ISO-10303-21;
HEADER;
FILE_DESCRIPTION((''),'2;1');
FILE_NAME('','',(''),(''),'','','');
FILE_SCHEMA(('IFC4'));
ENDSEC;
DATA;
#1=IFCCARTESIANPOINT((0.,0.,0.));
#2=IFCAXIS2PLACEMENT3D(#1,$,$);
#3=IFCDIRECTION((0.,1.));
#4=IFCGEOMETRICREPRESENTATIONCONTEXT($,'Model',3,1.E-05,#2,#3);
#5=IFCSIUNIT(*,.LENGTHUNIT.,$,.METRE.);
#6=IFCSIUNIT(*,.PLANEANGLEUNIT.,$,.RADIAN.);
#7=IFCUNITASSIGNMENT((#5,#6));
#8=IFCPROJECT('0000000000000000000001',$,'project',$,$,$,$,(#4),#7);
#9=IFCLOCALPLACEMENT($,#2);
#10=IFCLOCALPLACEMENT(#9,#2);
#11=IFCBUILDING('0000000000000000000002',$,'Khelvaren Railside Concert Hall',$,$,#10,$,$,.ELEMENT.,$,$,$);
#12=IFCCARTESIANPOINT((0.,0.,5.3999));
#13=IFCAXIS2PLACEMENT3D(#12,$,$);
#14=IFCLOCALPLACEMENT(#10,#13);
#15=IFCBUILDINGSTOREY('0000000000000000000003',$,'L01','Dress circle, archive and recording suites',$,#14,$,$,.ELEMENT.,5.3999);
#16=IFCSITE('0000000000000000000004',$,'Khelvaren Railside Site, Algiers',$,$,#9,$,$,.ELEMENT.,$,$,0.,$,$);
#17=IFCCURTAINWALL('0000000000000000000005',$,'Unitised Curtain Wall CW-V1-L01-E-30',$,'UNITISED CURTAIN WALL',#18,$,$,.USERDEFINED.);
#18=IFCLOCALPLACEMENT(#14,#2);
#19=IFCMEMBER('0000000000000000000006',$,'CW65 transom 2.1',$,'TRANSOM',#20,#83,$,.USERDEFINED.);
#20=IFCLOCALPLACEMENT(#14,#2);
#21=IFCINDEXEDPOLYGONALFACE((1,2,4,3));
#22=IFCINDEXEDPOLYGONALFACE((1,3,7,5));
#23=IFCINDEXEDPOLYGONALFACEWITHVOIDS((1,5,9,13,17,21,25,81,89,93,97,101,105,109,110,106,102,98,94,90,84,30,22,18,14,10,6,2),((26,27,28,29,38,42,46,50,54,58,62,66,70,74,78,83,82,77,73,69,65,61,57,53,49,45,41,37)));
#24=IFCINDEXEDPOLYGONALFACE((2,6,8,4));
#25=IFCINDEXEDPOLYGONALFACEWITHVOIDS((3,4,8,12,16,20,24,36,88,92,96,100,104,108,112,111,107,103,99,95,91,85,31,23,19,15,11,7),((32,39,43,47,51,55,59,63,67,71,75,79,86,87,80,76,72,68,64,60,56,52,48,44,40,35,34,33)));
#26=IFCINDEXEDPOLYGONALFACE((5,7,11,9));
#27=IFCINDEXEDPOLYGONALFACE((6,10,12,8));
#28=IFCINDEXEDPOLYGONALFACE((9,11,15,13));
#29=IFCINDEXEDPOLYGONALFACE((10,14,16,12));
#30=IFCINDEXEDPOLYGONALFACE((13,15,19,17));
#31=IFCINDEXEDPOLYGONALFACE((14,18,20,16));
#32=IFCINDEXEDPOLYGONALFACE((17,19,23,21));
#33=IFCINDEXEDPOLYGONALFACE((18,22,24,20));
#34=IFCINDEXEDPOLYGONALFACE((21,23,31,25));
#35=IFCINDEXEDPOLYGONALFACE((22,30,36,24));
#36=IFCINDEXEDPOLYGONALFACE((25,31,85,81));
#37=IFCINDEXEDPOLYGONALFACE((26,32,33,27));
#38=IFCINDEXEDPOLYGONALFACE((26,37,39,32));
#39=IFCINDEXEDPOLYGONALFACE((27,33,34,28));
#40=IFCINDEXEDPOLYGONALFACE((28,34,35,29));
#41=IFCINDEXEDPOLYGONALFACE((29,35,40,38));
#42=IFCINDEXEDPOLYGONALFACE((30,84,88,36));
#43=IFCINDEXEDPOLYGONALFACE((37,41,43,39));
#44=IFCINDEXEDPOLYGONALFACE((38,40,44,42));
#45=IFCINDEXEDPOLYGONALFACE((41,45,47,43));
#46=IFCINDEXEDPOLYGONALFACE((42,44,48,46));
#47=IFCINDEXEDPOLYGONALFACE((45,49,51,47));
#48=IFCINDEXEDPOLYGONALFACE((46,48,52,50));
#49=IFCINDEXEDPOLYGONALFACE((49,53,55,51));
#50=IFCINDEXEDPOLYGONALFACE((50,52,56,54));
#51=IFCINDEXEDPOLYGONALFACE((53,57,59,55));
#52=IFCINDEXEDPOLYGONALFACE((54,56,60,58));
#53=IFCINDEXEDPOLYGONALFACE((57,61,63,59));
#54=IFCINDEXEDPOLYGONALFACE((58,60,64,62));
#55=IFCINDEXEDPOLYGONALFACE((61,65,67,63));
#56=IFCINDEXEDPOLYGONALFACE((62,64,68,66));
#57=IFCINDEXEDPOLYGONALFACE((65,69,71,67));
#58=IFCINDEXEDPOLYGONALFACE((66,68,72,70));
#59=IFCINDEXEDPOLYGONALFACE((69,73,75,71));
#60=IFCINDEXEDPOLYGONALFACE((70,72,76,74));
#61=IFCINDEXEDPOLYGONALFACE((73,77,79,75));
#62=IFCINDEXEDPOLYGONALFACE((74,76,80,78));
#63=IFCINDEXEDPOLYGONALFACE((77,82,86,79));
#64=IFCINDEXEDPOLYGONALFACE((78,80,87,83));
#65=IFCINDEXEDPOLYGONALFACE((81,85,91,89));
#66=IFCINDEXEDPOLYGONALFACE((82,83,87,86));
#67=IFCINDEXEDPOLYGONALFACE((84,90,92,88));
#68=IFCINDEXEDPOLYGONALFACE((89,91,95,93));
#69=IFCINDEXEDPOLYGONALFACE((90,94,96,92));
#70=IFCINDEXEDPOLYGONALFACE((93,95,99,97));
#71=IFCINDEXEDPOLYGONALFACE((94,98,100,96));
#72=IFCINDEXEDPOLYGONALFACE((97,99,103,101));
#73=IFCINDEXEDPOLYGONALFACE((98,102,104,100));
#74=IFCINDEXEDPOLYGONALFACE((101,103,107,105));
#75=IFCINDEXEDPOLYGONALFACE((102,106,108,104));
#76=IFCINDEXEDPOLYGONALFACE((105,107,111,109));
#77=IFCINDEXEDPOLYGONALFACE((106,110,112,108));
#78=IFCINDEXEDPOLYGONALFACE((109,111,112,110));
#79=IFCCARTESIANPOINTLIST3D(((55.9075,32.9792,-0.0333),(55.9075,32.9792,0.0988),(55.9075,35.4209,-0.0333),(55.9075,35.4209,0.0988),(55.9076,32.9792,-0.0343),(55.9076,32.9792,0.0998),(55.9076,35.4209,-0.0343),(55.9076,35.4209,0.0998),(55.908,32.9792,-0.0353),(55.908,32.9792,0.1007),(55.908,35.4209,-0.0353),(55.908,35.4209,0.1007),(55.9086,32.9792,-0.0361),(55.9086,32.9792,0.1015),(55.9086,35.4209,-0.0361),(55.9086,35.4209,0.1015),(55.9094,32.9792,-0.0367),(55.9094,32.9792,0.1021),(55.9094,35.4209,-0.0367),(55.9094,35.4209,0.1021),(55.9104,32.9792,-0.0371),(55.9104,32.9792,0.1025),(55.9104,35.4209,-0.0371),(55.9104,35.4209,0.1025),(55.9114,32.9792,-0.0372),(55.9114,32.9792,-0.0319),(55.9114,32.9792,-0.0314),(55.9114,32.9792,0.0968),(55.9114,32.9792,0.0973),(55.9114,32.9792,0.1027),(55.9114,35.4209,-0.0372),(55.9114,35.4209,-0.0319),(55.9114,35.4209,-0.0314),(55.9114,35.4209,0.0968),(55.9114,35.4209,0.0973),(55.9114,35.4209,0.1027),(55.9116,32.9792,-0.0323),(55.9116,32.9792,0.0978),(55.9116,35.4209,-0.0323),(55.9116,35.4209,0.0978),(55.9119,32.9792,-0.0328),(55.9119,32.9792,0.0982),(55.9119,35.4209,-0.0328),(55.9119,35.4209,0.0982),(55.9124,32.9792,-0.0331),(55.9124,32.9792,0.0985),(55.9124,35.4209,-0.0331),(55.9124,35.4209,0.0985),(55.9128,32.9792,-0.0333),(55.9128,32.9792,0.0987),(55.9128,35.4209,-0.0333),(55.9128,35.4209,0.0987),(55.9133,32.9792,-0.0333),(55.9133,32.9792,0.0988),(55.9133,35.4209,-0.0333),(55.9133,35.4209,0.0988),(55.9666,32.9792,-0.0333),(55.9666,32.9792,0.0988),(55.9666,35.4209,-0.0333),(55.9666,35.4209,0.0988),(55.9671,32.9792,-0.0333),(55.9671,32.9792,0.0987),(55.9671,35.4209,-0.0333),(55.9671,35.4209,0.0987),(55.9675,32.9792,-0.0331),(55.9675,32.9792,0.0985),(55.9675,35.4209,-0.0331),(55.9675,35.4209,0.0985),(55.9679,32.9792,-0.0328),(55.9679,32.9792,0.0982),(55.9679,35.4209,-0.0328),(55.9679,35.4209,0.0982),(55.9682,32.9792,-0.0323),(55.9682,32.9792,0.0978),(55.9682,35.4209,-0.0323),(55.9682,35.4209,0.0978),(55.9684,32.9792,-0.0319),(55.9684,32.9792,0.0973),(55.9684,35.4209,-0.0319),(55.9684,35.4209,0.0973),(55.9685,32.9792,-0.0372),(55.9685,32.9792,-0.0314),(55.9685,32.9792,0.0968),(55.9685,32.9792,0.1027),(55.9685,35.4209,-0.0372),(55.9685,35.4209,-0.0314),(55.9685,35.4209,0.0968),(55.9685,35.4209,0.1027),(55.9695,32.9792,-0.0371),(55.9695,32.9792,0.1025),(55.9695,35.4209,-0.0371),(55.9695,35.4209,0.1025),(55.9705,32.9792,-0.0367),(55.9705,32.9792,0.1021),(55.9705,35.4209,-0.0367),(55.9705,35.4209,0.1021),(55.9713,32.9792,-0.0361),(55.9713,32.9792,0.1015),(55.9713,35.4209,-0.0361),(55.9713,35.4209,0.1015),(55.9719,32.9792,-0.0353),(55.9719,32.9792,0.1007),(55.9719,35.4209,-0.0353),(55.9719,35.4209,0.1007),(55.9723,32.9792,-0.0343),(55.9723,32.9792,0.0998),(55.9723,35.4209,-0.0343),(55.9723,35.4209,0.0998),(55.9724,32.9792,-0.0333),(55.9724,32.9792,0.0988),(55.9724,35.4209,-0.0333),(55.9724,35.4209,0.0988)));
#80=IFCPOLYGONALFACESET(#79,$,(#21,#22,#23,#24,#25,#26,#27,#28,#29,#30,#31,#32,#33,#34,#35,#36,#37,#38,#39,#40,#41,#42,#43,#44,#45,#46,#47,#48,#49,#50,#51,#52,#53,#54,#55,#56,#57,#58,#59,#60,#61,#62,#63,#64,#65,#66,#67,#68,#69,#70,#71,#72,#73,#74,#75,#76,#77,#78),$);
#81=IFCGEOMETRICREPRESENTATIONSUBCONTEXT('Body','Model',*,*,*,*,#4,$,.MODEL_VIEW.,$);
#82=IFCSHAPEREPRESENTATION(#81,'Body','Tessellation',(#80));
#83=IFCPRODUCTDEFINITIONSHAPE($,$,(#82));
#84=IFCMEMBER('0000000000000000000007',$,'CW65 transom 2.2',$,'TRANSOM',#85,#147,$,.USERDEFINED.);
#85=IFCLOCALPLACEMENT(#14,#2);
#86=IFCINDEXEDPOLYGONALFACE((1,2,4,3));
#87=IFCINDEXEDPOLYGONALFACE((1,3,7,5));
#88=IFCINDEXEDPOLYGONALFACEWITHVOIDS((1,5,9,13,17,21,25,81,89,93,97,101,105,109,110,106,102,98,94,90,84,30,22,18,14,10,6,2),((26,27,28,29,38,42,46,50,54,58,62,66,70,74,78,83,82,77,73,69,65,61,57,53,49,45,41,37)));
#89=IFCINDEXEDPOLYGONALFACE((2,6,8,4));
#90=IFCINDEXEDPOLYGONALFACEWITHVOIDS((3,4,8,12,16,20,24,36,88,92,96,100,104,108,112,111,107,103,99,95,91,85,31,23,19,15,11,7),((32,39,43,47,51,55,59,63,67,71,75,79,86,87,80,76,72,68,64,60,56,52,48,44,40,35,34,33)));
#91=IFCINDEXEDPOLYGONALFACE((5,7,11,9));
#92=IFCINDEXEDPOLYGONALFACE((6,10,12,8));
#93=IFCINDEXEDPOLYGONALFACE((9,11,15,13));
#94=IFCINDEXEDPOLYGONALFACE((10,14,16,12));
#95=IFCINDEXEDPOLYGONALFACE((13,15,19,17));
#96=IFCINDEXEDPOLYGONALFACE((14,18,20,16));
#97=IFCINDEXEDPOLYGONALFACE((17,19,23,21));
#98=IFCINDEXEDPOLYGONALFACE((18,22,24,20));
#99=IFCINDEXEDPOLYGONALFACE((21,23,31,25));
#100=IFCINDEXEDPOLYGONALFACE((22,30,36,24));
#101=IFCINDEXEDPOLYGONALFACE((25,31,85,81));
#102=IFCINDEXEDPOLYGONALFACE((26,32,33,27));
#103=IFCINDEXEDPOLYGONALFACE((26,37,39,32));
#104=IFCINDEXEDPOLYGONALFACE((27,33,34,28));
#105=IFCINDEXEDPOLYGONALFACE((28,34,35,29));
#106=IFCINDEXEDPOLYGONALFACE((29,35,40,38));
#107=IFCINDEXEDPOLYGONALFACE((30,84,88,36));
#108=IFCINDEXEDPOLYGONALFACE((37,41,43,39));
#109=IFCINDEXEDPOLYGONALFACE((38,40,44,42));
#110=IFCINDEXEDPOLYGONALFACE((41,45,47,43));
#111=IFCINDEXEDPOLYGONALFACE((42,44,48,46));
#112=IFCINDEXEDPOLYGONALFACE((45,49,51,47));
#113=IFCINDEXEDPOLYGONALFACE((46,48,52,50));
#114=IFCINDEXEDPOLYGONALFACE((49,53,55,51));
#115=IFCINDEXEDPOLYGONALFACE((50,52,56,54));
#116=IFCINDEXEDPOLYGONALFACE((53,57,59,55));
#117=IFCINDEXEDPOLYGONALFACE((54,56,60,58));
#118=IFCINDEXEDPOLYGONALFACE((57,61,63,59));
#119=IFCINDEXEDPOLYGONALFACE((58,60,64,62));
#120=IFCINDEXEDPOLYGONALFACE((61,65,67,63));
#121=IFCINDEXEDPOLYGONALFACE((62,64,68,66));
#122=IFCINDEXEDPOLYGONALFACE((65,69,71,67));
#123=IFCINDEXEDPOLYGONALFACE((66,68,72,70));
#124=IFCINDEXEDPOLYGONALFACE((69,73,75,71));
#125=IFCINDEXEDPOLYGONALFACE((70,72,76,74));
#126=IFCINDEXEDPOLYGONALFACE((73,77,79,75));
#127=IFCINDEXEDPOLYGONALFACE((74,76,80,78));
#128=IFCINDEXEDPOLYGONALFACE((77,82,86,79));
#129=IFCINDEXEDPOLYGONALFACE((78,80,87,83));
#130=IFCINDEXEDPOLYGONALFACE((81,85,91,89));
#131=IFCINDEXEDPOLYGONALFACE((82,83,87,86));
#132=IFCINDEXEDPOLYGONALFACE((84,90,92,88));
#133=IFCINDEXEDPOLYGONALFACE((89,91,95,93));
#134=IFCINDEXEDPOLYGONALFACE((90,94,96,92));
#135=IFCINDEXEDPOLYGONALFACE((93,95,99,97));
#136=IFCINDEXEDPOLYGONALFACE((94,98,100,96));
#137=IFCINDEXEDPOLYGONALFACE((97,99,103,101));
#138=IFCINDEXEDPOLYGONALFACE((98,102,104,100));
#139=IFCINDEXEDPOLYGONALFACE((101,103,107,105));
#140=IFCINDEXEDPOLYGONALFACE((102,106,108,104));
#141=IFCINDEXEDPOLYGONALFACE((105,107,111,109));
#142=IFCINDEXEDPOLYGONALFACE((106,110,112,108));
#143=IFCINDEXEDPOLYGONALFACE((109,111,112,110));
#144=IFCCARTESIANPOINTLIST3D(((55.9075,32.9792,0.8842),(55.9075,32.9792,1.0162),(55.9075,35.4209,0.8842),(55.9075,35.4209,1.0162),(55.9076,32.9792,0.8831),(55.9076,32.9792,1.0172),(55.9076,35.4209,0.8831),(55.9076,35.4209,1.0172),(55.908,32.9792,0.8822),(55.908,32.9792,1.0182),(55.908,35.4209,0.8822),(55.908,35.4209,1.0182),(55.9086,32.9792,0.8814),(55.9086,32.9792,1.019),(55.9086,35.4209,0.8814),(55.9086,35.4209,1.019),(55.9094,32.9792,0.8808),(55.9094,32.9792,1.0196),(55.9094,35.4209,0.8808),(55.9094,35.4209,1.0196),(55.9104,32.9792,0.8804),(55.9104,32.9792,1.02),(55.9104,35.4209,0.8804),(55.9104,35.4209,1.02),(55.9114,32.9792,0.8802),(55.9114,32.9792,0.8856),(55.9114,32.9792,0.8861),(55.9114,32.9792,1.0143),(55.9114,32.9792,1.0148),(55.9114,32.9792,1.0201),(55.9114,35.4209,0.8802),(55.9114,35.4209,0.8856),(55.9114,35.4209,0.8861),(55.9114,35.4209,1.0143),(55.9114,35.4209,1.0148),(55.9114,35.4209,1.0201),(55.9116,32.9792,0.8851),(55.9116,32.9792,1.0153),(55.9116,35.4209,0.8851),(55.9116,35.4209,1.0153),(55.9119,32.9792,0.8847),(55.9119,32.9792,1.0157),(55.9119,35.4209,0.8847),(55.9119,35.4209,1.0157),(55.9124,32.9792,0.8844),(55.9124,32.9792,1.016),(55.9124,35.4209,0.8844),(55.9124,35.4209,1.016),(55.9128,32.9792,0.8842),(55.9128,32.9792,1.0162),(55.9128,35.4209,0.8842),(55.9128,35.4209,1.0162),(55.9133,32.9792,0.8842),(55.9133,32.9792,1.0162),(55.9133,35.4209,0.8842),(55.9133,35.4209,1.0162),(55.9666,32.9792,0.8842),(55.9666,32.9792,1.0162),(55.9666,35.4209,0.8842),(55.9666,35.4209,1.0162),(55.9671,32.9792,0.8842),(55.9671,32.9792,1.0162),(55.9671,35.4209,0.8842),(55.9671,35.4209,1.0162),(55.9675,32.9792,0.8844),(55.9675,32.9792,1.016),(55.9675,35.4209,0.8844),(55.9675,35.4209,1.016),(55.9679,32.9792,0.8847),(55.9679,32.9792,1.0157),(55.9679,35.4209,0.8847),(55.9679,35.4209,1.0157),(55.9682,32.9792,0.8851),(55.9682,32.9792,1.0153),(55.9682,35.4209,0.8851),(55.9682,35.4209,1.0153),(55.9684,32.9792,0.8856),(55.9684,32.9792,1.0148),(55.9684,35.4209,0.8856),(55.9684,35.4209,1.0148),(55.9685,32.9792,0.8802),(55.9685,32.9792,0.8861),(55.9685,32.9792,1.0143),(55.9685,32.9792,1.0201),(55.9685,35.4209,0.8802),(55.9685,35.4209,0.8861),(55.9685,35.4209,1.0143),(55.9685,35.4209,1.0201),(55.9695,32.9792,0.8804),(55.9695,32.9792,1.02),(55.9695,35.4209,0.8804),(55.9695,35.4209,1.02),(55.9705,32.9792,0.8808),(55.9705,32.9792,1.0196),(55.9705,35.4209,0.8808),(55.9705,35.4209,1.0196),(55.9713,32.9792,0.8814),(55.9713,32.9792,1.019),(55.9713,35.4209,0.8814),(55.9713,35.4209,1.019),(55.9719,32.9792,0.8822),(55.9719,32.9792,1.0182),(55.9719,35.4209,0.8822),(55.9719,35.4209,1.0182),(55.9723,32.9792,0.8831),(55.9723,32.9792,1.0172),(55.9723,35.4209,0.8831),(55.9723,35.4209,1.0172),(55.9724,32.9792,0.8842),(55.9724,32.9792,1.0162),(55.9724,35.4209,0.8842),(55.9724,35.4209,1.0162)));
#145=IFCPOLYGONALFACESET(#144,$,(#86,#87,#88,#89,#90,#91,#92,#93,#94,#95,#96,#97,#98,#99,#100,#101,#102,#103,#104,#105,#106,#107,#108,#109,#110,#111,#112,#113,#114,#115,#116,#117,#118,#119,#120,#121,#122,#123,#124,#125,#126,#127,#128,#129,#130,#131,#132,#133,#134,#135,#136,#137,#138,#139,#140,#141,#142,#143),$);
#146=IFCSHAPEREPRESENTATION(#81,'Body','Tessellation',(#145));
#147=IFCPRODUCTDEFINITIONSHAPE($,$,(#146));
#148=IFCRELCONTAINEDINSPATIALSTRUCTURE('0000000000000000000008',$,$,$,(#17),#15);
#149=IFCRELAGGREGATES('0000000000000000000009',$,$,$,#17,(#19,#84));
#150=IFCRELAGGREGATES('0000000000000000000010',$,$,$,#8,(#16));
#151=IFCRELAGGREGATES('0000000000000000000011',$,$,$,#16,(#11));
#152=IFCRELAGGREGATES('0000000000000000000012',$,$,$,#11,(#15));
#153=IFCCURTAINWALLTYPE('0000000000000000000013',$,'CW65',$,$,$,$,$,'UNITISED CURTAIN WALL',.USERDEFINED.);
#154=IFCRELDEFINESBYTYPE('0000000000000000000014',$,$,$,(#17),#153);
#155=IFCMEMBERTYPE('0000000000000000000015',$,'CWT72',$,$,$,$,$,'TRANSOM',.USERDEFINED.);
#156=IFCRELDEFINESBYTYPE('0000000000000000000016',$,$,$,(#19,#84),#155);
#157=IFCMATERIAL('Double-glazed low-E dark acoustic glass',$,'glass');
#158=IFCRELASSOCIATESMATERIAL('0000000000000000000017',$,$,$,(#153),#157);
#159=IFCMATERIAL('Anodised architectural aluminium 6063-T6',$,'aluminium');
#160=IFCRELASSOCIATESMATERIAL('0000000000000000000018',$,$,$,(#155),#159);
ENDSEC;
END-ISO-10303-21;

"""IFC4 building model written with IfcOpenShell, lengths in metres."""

from ifc_helpers import new_model, si_unit, direction, frame, origin, origin_2d, place, context, subcontext, project, spatial, hollow_rectangle, extrude, material, material_profile, profile_set, type_object, element, aggregate, save


model = new_model("IFC4")

# Units and contexts
model_context = context("Model", 3, precision=1e-05, world=origin(), true_north=direction((0.0, 1.0)))
body_context = subcontext(model_context, "Body", "Model", "MODEL_VIEW")
ifc_project = project(units=[si_unit("LENGTHUNIT", "METRE"), si_unit("PLANEANGLEUNIT", "RADIAN")], contexts=[model_context])

# Site, building, storey
site_placement = place(None, origin())
site = spatial("IfcSite", under=ifc_project, at=site_placement, Name="Khelvaren Railside Site, Algiers", CompositionType="ELEMENT", RefElevation=0.0)
building_placement = place(site_placement, origin())
building = spatial("IfcBuilding", under=site, at=building_placement, Name="Khelvaren Railside Concert Hall", CompositionType="ELEMENT")
storey_placement = place(building_placement, frame((0.0, 0.0, 5.3999)))
storey = spatial("IfcBuildingStorey", under=building, at=storey_placement, Name="L01", Description="Dress circle, archive and recording suites", CompositionType="ELEMENT", Elevation=5.3999)

# Curtain wall
ifc_material_1 = material(Name="Double-glazed low-E dark acoustic glass", Category="glass")
curtain_wall_type_1 = type_object("IfcCurtainWallType", Name="CW65", ElementType="UNITISED CURTAIN WALL", PredefinedType="USERDEFINED", material=ifc_material_1)
curtain_wall_1_placement = place(storey_placement, origin())
curtain_wall_1 = element("IfcCurtainWall", 1, at=curtain_wall_1_placement, inside=storey, type_object=curtain_wall_type_1, Name="Unitised Curtain Wall CW-V1-L01-E-30", ObjectType="UNITISED CURTAIN WALL", PredefinedType="USERDEFINED")
ifc_material_2 = material(Name="Anodised architectural aluminium 6063-T6", Category="aluminium")

# Members
ifc_material_profile_1 = material_profile(ifc_material_2, hollow_rectangle(XDim=0.0649, YDim=0.1399, WallThickness=0.0039, InnerFilletRadius=0.002, OuterFilletRadius=0.0039, at=origin_2d()), Name="CWT 65x140x4")
ifc_profile_set_1 = profile_set([ifc_material_profile_1], Name="Anodised architectural aluminium 6063-T6")
member_type_1 = type_object("IfcMemberType", Name="CWT72", ElementType="TRANSOM", PredefinedType="USERDEFINED", material=ifc_profile_set_1)
member_1_placement = place(storey_placement, frame((55.9399, 35.4209, 0.0327), z_axis=(0.0, -1.0, 0.0), x_axis=(1.0, 0.0, 0.0)))
member_1 = element("IfcMember", 2, at=member_1_placement, type_object=member_type_1, Name="CW65 transom 2.1", ObjectType="TRANSOM", PredefinedType="USERDEFINED", context=body_context, shape_type="SweptSolid", body=[
    extrude(hollow_rectangle(XDim=0.0649, YDim=0.1399, WallThickness=0.0039, InnerFilletRadius=0.002, OuterFilletRadius=0.0039, at=origin_2d()), origin(), (0.0, 0.0, 1.0), 2.4417),
])
member_2_placement = place(storey_placement, frame((55.9399, 35.4209, 0.9502), z_axis=(0.0, -1.0, 0.0), x_axis=(1.0, 0.0, 0.0)))
member_2 = element("IfcMember", 3, at=member_2_placement, type_object=member_type_1, Name="CW65 transom 2.2", ObjectType="TRANSOM", PredefinedType="USERDEFINED", context=body_context, shape_type="SweptSolid", body=[
    extrude(hollow_rectangle(XDim=0.0649, YDim=0.1399, WallThickness=0.0039, InnerFilletRadius=0.002, OuterFilletRadius=0.0039, at=origin_2d()), origin(), (0.0, 0.0, 1.0), 2.4417),
])

aggregate(curtain_wall_1, [member_1, member_2])

save(model, "model.ifc")
